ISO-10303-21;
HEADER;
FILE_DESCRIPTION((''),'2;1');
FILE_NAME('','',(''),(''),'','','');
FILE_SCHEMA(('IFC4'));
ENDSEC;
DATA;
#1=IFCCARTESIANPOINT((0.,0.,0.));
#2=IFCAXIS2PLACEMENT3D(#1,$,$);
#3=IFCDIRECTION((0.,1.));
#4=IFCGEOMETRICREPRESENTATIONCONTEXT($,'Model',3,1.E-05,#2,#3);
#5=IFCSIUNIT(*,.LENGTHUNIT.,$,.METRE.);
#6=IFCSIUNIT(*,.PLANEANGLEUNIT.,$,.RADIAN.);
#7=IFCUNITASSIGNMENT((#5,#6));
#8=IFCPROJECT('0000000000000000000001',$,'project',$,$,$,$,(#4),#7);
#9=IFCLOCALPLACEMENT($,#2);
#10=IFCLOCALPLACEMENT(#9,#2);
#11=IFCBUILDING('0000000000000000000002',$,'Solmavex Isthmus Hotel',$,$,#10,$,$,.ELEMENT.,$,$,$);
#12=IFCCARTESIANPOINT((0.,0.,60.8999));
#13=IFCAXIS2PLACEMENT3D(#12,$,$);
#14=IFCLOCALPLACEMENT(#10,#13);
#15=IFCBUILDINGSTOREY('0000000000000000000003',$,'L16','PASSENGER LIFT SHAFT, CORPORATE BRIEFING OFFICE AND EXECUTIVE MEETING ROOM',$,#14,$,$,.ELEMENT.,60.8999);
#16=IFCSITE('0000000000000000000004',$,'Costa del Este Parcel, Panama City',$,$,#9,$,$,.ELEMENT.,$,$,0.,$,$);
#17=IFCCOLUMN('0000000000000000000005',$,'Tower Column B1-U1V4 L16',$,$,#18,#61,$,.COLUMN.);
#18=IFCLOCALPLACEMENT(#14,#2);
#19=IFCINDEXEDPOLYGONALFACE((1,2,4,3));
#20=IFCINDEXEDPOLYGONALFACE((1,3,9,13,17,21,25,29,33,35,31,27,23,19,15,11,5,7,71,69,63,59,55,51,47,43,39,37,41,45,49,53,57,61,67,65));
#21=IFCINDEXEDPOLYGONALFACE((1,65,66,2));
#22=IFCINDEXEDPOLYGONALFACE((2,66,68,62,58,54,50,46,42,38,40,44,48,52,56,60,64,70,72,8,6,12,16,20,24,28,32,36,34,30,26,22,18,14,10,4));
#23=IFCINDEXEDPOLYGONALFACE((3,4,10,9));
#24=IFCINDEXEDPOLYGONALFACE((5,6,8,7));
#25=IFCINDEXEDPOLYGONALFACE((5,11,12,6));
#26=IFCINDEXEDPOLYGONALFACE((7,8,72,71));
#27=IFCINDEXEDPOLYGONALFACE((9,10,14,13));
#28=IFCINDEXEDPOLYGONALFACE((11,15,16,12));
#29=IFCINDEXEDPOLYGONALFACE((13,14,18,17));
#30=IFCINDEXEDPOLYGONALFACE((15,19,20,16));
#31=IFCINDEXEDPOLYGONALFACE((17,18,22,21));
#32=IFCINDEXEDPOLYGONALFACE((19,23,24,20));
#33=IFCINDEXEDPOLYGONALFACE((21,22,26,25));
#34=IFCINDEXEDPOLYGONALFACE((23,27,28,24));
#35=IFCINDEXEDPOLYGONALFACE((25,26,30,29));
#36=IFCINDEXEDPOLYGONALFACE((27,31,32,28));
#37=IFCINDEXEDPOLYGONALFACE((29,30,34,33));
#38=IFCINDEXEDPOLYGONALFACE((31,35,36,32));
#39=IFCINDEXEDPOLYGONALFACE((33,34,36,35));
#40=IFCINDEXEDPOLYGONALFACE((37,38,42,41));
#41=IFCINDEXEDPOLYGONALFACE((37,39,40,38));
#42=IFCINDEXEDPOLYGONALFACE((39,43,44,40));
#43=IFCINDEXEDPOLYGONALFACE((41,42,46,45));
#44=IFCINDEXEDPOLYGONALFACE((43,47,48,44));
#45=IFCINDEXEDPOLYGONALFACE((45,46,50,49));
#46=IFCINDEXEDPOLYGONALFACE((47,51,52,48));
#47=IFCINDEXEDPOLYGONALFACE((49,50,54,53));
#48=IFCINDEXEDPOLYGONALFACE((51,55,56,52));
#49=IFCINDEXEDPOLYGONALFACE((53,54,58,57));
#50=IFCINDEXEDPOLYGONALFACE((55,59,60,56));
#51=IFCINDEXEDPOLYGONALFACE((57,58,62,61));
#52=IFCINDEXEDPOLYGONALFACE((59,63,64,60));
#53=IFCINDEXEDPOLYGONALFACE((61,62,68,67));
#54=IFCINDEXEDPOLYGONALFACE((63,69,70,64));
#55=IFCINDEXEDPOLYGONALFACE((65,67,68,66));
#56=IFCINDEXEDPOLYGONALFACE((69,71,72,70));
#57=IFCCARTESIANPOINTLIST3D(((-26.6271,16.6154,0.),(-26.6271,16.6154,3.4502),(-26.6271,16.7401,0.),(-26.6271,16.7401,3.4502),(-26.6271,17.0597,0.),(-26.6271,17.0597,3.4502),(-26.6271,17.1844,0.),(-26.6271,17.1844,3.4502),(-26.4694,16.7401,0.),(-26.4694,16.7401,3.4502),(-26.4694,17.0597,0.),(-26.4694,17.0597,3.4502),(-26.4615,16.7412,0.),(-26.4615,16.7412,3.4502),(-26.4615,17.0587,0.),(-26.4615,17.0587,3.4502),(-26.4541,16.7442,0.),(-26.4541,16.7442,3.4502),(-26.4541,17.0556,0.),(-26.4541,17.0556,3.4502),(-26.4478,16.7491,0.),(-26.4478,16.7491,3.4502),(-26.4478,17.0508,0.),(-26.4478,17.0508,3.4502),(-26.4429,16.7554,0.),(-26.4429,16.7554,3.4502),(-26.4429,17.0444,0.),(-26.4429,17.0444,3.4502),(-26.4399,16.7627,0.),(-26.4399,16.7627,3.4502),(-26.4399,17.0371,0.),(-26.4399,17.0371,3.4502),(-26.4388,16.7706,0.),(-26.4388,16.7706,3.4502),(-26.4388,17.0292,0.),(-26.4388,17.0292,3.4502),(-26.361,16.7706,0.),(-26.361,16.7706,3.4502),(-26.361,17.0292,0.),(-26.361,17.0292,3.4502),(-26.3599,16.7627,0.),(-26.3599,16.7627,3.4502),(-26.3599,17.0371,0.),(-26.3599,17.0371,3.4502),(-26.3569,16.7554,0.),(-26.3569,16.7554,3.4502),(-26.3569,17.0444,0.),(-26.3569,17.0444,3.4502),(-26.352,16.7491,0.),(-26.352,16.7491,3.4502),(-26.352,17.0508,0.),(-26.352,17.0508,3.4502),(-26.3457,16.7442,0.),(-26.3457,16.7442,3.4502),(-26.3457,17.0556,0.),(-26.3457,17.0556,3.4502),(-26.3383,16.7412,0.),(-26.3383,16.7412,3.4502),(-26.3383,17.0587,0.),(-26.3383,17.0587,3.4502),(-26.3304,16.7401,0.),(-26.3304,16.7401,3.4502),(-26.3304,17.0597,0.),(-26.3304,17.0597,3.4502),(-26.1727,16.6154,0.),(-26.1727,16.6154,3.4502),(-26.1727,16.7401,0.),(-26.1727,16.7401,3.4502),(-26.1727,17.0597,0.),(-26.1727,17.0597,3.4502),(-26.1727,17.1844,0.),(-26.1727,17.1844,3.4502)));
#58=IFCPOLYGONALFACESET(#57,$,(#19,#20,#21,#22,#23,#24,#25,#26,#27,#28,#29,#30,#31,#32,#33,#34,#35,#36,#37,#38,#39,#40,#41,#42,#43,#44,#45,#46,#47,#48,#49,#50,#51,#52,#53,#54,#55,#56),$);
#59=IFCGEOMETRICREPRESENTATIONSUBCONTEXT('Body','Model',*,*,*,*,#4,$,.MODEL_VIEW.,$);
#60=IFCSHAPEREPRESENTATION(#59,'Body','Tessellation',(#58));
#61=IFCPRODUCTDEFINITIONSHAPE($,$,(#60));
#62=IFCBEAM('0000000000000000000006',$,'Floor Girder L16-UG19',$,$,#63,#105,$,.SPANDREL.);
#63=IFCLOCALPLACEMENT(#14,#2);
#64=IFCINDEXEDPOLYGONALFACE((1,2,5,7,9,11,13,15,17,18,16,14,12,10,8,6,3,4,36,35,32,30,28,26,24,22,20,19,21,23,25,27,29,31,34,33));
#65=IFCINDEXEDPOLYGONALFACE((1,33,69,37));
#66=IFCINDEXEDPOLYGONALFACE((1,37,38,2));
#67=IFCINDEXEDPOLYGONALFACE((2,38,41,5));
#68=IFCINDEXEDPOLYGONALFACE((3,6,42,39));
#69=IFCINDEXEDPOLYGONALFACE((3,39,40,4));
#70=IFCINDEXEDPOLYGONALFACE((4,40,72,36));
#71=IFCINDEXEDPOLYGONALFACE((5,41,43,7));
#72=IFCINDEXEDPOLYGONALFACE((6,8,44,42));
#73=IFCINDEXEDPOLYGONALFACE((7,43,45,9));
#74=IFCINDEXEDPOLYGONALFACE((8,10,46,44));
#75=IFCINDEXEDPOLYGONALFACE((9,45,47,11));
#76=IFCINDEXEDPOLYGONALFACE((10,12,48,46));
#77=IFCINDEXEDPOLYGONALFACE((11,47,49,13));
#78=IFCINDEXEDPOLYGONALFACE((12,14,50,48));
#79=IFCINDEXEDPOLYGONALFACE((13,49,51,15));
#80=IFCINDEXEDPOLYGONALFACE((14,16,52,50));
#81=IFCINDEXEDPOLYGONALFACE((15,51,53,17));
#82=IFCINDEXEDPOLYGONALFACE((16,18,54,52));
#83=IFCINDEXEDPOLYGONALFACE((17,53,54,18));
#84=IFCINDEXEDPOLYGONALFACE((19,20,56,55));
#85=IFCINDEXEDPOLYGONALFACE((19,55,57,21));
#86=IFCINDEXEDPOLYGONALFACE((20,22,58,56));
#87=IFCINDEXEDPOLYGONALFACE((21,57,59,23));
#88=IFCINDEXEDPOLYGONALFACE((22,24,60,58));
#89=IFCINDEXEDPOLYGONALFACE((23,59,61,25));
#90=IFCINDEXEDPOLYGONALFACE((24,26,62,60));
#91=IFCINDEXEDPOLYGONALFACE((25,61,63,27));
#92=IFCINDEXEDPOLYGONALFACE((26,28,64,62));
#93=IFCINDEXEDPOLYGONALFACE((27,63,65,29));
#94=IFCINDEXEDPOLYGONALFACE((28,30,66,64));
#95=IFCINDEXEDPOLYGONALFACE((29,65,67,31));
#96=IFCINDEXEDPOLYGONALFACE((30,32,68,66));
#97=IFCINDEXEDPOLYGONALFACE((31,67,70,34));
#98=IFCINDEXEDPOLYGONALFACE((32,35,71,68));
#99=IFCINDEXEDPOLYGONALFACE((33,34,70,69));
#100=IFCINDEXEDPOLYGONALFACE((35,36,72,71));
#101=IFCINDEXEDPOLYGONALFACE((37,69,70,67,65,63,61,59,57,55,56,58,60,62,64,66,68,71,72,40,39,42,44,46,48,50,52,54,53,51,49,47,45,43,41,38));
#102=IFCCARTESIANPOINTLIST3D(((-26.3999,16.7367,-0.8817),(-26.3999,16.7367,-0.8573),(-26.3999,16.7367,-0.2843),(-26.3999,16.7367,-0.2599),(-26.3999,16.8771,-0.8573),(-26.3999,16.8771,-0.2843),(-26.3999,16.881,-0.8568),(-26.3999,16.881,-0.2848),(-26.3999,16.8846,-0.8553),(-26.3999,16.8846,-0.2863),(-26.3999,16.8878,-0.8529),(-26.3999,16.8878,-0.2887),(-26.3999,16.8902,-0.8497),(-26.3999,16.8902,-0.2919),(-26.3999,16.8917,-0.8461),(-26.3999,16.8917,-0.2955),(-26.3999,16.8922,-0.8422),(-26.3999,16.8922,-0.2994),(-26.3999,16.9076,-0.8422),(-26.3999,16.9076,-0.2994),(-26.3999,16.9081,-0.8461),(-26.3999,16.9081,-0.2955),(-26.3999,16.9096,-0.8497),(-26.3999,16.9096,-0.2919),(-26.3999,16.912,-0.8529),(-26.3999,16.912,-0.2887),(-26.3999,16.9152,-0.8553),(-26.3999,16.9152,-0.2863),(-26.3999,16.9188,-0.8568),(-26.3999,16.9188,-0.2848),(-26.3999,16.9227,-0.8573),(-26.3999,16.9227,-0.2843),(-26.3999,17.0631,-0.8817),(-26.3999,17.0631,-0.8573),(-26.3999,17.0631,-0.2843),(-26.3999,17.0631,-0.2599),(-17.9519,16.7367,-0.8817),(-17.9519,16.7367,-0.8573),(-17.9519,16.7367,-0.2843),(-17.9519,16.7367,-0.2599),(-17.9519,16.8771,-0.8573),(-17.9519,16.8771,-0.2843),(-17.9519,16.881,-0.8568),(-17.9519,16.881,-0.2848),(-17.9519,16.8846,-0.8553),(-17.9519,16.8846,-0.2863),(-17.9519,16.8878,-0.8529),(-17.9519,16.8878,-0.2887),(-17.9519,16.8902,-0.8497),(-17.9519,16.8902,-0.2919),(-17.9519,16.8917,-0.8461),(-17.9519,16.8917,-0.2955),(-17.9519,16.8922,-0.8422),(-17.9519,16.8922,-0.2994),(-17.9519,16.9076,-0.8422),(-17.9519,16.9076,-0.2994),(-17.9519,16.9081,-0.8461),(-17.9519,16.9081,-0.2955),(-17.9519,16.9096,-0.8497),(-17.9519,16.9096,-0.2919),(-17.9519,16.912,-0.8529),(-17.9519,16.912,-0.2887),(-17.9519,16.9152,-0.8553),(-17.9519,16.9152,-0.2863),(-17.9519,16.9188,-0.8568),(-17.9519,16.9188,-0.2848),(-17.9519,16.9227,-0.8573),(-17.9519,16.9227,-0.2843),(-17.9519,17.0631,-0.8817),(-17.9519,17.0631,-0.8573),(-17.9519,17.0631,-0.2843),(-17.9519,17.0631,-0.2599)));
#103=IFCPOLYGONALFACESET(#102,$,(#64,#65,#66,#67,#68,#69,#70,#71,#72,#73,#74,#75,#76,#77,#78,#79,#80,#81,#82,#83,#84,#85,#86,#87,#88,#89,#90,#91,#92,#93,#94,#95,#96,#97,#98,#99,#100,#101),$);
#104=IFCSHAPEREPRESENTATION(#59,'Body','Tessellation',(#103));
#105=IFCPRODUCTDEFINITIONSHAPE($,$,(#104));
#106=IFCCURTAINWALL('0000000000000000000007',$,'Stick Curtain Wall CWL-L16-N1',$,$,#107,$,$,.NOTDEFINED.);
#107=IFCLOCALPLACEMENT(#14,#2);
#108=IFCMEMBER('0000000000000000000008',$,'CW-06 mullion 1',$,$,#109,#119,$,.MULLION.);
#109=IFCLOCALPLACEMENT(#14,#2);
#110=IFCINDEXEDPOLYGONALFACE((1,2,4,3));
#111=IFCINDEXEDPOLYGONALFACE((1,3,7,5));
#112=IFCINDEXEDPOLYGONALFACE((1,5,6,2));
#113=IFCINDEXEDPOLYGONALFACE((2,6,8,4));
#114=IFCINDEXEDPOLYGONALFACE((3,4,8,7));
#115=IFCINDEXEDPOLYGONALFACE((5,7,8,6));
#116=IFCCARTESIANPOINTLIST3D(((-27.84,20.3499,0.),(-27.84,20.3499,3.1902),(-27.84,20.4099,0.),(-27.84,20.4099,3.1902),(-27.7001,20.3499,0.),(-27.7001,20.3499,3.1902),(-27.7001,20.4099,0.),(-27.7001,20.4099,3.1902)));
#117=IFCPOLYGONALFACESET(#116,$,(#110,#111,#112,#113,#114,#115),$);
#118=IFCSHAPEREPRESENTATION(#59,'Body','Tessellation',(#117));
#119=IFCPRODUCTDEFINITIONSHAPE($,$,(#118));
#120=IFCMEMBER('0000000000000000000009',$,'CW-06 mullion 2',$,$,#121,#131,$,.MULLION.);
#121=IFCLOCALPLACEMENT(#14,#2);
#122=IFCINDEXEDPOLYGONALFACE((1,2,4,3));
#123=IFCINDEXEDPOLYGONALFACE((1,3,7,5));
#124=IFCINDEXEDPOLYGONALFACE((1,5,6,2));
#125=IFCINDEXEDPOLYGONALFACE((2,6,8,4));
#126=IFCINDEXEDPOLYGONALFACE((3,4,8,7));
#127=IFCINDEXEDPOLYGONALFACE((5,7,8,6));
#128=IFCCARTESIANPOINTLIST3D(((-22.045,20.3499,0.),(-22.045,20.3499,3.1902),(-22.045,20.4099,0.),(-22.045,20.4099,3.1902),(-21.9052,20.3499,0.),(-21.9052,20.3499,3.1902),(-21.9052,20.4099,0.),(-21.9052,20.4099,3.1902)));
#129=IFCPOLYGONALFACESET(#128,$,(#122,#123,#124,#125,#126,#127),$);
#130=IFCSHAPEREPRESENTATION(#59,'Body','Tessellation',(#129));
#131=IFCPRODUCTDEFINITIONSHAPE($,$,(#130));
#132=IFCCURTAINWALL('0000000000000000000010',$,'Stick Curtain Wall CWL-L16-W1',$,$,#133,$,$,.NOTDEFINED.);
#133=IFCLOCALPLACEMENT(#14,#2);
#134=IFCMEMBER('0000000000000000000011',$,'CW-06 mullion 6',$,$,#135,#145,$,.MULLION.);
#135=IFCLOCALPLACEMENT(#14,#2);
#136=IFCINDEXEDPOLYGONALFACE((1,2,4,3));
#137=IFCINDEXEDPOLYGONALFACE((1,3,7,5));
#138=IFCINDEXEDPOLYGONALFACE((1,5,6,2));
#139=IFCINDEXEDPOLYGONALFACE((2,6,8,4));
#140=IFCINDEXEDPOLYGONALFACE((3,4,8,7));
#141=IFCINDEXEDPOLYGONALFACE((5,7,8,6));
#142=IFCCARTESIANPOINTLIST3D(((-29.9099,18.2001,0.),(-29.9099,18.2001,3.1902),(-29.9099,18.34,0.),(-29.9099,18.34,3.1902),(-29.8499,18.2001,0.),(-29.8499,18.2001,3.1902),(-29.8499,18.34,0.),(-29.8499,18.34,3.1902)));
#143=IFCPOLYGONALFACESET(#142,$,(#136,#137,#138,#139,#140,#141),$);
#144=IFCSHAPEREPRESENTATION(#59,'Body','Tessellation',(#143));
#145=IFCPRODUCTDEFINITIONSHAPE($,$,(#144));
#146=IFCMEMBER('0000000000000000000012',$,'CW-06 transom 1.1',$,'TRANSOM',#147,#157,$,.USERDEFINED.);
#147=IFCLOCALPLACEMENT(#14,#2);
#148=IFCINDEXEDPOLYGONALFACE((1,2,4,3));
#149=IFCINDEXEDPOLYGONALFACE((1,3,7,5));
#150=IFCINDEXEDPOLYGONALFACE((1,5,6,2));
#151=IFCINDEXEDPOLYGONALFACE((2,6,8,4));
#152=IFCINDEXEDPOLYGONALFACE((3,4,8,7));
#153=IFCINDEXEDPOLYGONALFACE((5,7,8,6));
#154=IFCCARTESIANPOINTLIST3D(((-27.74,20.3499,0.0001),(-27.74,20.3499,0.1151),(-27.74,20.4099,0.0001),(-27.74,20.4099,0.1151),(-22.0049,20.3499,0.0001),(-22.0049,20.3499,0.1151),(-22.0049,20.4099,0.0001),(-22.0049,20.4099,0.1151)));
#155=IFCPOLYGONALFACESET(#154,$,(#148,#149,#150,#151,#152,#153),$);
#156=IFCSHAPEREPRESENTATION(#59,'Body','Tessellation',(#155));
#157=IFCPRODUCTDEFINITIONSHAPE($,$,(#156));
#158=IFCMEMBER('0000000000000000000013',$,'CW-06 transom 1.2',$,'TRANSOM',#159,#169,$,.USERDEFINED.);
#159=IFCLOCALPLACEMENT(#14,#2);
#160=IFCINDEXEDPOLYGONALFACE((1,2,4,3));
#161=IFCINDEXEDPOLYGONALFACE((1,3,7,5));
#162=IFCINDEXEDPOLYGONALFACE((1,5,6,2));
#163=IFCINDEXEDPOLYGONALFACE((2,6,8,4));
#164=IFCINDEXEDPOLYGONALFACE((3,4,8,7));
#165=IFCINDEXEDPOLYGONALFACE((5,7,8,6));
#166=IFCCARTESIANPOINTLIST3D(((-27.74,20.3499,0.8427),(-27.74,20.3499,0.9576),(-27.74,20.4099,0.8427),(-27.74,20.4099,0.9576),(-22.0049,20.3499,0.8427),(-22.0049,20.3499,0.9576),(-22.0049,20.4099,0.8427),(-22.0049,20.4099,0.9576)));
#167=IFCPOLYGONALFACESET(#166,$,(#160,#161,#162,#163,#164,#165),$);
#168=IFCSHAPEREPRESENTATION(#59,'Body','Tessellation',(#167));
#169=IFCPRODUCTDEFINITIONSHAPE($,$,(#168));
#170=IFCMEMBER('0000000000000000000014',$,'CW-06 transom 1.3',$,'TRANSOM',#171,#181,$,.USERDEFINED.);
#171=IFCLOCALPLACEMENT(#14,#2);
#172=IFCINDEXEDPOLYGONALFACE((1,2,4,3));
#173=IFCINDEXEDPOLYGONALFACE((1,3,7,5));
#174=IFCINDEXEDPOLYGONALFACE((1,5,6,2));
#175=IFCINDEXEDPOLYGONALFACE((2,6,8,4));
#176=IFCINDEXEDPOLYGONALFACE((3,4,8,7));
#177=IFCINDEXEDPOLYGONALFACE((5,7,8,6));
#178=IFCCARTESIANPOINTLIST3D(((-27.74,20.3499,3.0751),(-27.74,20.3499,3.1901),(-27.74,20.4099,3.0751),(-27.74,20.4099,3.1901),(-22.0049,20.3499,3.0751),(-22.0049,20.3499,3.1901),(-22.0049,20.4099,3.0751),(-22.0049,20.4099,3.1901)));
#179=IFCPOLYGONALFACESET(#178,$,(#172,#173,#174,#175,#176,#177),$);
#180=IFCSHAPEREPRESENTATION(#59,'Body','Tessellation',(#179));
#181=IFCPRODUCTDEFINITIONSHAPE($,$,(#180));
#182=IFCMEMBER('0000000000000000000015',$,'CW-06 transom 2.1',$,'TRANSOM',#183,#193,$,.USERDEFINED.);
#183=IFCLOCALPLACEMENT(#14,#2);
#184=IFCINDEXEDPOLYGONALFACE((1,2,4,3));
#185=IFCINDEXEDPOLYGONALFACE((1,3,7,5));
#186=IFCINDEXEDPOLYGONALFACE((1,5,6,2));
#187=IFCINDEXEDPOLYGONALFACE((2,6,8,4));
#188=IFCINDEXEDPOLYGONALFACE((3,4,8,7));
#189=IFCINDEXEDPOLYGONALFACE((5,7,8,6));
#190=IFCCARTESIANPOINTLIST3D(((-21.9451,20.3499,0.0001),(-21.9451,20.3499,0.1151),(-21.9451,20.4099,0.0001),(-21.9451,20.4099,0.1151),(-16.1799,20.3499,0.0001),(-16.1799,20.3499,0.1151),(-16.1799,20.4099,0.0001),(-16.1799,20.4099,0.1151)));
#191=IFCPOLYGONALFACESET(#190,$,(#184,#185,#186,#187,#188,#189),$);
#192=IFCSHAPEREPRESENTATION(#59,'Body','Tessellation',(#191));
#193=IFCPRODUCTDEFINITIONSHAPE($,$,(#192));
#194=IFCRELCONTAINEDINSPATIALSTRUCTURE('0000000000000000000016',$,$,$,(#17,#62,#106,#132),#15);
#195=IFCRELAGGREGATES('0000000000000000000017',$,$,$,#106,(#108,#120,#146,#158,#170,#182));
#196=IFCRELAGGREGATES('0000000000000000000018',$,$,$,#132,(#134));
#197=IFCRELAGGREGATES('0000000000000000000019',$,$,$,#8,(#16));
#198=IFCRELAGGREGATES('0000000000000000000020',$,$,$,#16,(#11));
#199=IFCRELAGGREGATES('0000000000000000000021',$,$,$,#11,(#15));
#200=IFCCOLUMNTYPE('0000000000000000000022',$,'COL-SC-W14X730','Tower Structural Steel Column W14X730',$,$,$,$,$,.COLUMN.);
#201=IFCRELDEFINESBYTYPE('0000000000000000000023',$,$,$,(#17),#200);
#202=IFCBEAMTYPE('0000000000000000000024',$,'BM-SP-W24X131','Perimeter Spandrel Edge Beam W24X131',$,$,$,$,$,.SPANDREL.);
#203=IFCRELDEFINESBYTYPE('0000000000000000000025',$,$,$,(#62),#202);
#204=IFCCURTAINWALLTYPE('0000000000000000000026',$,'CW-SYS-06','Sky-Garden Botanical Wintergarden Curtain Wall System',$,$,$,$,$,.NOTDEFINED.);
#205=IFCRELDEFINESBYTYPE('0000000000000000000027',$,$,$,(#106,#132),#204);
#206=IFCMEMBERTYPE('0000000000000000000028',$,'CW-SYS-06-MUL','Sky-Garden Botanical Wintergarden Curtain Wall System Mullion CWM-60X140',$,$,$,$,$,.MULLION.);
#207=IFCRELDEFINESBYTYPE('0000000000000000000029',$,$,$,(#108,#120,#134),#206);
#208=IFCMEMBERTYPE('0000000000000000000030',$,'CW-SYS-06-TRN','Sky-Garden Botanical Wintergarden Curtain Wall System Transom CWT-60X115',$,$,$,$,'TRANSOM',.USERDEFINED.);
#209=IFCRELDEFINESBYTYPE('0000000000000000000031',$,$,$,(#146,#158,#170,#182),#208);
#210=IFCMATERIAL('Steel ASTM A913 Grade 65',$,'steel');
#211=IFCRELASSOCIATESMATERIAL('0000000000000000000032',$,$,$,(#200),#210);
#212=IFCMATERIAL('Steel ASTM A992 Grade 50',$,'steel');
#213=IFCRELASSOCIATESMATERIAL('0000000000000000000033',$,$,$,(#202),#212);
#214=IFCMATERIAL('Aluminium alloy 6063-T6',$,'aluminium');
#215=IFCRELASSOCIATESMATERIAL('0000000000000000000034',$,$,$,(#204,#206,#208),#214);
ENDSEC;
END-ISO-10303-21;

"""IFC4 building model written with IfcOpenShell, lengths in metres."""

from ifc_helpers import new_model, si_unit, direction, frame, origin, origin_2d, place, context, subcontext, project, spatial, rectangle, i_section, extrude, material, material_profile, profile_set, type_object, element, aggregate, save


model = new_model("IFC4")

# Units and contexts
model_context = context("Model", 3, precision=1e-05, world=origin(), true_north=direction((0.0, 1.0)))
body_context = subcontext(model_context, "Body", "Model", "MODEL_VIEW")
ifc_project = project(units=[si_unit("LENGTHUNIT", "METRE"), si_unit("PLANEANGLEUNIT", "RADIAN")], contexts=[model_context])

# Site, building, storey
site_placement = place(None, origin())
site = spatial("IfcSite", under=ifc_project, at=site_placement, Name="Costa del Este Parcel, Panama City", CompositionType="ELEMENT", RefElevation=0.0)
building_placement = place(site_placement, origin())
building = spatial("IfcBuilding", under=site, at=building_placement, Name="Solmavex Isthmus Hotel", CompositionType="ELEMENT")
storey_placement = place(building_placement, frame((0.0, 0.0, 60.8999)))
storey = spatial("IfcBuildingStorey", under=building, at=storey_placement, Name="L16", Description="PASSENGER LIFT SHAFT, CORPORATE BRIEFING OFFICE AND EXECUTIVE MEETING ROOM", CompositionType="ELEMENT", Elevation=60.8999)

# Column
ifc_material_1 = material(Name="Steel ASTM A913 Grade 65", Category="steel")
ifc_material_profile_1 = material_profile(ifc_material_1, i_section(OverallWidth=0.4543, OverallDepth=0.5691, WebThickness=0.0779, FlangeThickness=0.1248, FilletRadius=0.0305, at=origin_2d()), Name="W14X730")
ifc_profile_set_1 = profile_set([ifc_material_profile_1], Name="Steel ASTM A913 Grade 65")
column_type = type_object("IfcColumnType", Name="COL-SC-W14X730", Description="Tower Structural Steel Column W14X730", PredefinedType="COLUMN", material=ifc_profile_set_1)
column_placement = place(storey_placement, frame((-26.3999, 16.8999, 0.0), z_axis=(0.0, 0.0, 1.0), x_axis=(1.0, 0.0, 0.0)))
element("IfcColumn", 1, at=column_placement, inside=storey, type_object=column_type, Name="Tower Column B1-U1V4 L16", PredefinedType="COLUMN", context=body_context, shape_type="SweptSolid", body=[
    extrude(i_section(OverallWidth=0.4543, OverallDepth=0.5691, WebThickness=0.0779, FlangeThickness=0.1248, FilletRadius=0.0305, at=origin_2d()), origin(), (0.0, 0.0, 1.0), 3.4502),
])

# Beam
ifc_material_2 = material(Name="Steel ASTM A992 Grade 50", Category="steel")
ifc_material_profile_2 = material_profile(ifc_material_2, i_section(OverallWidth=0.3264, OverallDepth=0.6218, WebThickness=0.0154, FlangeThickness=0.0244, FilletRadius=0.0151, at=origin_2d()), Name="W24X131")
ifc_profile_set_2 = profile_set([ifc_material_profile_2], Name="Steel ASTM A992 Grade 50")
beam_type = type_object("IfcBeamType", Name="BM-SP-W24X131", Description="Perimeter Spandrel Edge Beam W24X131", PredefinedType="SPANDREL", material=ifc_profile_set_2)
beam_placement = place(storey_placement, frame((-26.3999, 16.8999, -0.5708), z_axis=(1.0, 0.0, 0.0), x_axis=(0.0, 1.0, 0.0)))
element("IfcBeam", 2, at=beam_placement, inside=storey, type_object=beam_type, Name="Floor Girder L16-UG19", PredefinedType="SPANDREL", context=body_context, shape_type="SweptSolid", body=[
    extrude(i_section(OverallWidth=0.3264, OverallDepth=0.6218, WebThickness=0.0154, FlangeThickness=0.0244, FilletRadius=0.0151, at=origin_2d()), origin(), (0.0, 0.0, 1.0), 8.448),
])

# Curtain wall, members
ifc_material_3 = material(Name="Aluminium alloy 6063-T6", Category="aluminium")
curtain_wall_type = type_object("IfcCurtainWallType", Name="CW-SYS-06", Description="Sky-Garden Botanical Wintergarden Curtain Wall System", PredefinedType="NOTDEFINED", material=ifc_material_3)
curtain_wall_1_placement = place(storey_placement, origin())
curtain_wall_1 = element("IfcCurtainWall", 3, at=curtain_wall_1_placement, inside=storey, type_object=curtain_wall_type, Name="Stick Curtain Wall CWL-L16-N1", PredefinedType="NOTDEFINED")
ifc_material_profile_3 = material_profile(ifc_material_3, rectangle(XDim=0.0601, YDim=0.1399, at=origin_2d()), Name="CWM-60X140")
ifc_profile_set_3 = profile_set([ifc_material_profile_3], Name="Aluminium alloy 6063-T6")
member_type_1 = type_object("IfcMemberType", Name="CW-SYS-06-MUL", Description="Sky-Garden Botanical Wintergarden Curtain Wall System Mullion CWM-60X140", PredefinedType="MULLION", material=ifc_profile_set_3)
member_1_placement = place(storey_placement, frame((-27.77, 20.3799, 0.0), z_axis=(0.0, 0.0, 1.0), x_axis=(0.0, 1.0, 0.0)))
member_1 = element("IfcMember", 4, at=member_1_placement, type_object=member_type_1, Name="CW-06 mullion 1", PredefinedType="MULLION", context=body_context, shape_type="SweptSolid", body=[
    extrude(rectangle(XDim=0.0601, YDim=0.1399, at=origin_2d()), origin(), (0.0, 0.0, 1.0), 3.1902),
])
member_2_placement = place(storey_placement, frame((-21.9751, 20.3799, 0.0), z_axis=(0.0, 0.0, 1.0), x_axis=(0.0, 1.0, 0.0)))
member_2 = element("IfcMember", 5, at=member_2_placement, type_object=member_type_1, Name="CW-06 mullion 2", PredefinedType="MULLION", context=body_context, shape_type="SweptSolid", body=[
    extrude(rectangle(XDim=0.0601, YDim=0.1399, at=origin_2d()), origin(), (0.0, 0.0, 1.0), 3.1902),
])

# Curtain wall, member
curtain_wall_2_placement = place(storey_placement, origin())
curtain_wall_2 = element("IfcCurtainWall", 6, at=curtain_wall_2_placement, inside=storey, type_object=curtain_wall_type, Name="Stick Curtain Wall CWL-L16-W1", PredefinedType="NOTDEFINED")
member_3_placement = place(storey_placement, frame((-29.8799, 18.27, 0.0), z_axis=(0.0, 0.0, 1.0), x_axis=(-1.0, 0.0, 0.0)))
member_3 = element("IfcMember", 7, at=member_3_placement, type_object=member_type_1, Name="CW-06 mullion 6", PredefinedType="MULLION", context=body_context, shape_type="SweptSolid", body=[
    extrude(rectangle(XDim=0.0601, YDim=0.1399, at=origin_2d()), origin(), (0.0, 0.0, 1.0), 3.1902),
])

# Members
ifc_material_profile_4 = material_profile(ifc_material_3, rectangle(XDim=0.0601, YDim=0.115, at=origin_2d()), Name="CWT-60X115")
ifc_profile_set_4 = profile_set([ifc_material_profile_4], Name="Aluminium alloy 6063-T6")
member_type_2 = type_object("IfcMemberType", Name="CW-SYS-06-TRN", Description="Sky-Garden Botanical Wintergarden Curtain Wall System Transom CWT-60X115", ElementType="TRANSOM", PredefinedType="USERDEFINED", material=ifc_profile_set_4)
member_4_placement = place(storey_placement, frame((-27.74, 20.3799, 0.0576), z_axis=(1.0, 0.0, 0.0), x_axis=(0.0, 1.0, 0.0)))
member_4 = element("IfcMember", 8, at=member_4_placement, type_object=member_type_2, Name="CW-06 transom 1.1", ObjectType="TRANSOM", PredefinedType="USERDEFINED", context=body_context, shape_type="SweptSolid", body=[
    extrude(rectangle(XDim=0.0601, YDim=0.115, at=origin_2d()), origin(), (0.0, 0.0, 1.0), 5.7351),
])
member_5_placement = place(storey_placement, frame((-27.74, 20.3799, 0.9001), z_axis=(1.0, 0.0, 0.0), x_axis=(0.0, 1.0, 0.0)))
member_5 = element("IfcMember", 9, at=member_5_placement, type_object=member_type_2, Name="CW-06 transom 1.2", ObjectType="TRANSOM", PredefinedType="USERDEFINED", context=body_context, shape_type="SweptSolid", body=[
    extrude(rectangle(XDim=0.0601, YDim=0.115, at=origin_2d()), origin(), (0.0, 0.0, 1.0), 5.7351),
])
member_6_placement = place(storey_placement, frame((-27.74, 20.3799, 3.1326), z_axis=(1.0, 0.0, 0.0), x_axis=(0.0, 1.0, 0.0)))
member_6 = element("IfcMember", 10, at=member_6_placement, type_object=member_type_2, Name="CW-06 transom 1.3", ObjectType="TRANSOM", PredefinedType="USERDEFINED", context=body_context, shape_type="SweptSolid", body=[
    extrude(rectangle(XDim=0.0601, YDim=0.115, at=origin_2d()), origin(), (0.0, 0.0, 1.0), 5.7351),
])
member_7_placement = place(storey_placement, frame((-21.9451, 20.3799, 0.0576), z_axis=(1.0, 0.0, 0.0), x_axis=(0.0, 1.0, 0.0)))
member_7 = element("IfcMember", 11, at=member_7_placement, type_object=member_type_2, Name="CW-06 transom 2.1", ObjectType="TRANSOM", PredefinedType="USERDEFINED", context=body_context, shape_type="SweptSolid", body=[
    extrude(rectangle(XDim=0.0601, YDim=0.115, at=origin_2d()), origin(), (0.0, 0.0, 1.0), 5.7651),
])

aggregate(curtain_wall_1, [member_1, member_2, member_4, member_5, member_6, member_7])
aggregate(curtain_wall_2, [member_3])

save(model, "model.ifc")
